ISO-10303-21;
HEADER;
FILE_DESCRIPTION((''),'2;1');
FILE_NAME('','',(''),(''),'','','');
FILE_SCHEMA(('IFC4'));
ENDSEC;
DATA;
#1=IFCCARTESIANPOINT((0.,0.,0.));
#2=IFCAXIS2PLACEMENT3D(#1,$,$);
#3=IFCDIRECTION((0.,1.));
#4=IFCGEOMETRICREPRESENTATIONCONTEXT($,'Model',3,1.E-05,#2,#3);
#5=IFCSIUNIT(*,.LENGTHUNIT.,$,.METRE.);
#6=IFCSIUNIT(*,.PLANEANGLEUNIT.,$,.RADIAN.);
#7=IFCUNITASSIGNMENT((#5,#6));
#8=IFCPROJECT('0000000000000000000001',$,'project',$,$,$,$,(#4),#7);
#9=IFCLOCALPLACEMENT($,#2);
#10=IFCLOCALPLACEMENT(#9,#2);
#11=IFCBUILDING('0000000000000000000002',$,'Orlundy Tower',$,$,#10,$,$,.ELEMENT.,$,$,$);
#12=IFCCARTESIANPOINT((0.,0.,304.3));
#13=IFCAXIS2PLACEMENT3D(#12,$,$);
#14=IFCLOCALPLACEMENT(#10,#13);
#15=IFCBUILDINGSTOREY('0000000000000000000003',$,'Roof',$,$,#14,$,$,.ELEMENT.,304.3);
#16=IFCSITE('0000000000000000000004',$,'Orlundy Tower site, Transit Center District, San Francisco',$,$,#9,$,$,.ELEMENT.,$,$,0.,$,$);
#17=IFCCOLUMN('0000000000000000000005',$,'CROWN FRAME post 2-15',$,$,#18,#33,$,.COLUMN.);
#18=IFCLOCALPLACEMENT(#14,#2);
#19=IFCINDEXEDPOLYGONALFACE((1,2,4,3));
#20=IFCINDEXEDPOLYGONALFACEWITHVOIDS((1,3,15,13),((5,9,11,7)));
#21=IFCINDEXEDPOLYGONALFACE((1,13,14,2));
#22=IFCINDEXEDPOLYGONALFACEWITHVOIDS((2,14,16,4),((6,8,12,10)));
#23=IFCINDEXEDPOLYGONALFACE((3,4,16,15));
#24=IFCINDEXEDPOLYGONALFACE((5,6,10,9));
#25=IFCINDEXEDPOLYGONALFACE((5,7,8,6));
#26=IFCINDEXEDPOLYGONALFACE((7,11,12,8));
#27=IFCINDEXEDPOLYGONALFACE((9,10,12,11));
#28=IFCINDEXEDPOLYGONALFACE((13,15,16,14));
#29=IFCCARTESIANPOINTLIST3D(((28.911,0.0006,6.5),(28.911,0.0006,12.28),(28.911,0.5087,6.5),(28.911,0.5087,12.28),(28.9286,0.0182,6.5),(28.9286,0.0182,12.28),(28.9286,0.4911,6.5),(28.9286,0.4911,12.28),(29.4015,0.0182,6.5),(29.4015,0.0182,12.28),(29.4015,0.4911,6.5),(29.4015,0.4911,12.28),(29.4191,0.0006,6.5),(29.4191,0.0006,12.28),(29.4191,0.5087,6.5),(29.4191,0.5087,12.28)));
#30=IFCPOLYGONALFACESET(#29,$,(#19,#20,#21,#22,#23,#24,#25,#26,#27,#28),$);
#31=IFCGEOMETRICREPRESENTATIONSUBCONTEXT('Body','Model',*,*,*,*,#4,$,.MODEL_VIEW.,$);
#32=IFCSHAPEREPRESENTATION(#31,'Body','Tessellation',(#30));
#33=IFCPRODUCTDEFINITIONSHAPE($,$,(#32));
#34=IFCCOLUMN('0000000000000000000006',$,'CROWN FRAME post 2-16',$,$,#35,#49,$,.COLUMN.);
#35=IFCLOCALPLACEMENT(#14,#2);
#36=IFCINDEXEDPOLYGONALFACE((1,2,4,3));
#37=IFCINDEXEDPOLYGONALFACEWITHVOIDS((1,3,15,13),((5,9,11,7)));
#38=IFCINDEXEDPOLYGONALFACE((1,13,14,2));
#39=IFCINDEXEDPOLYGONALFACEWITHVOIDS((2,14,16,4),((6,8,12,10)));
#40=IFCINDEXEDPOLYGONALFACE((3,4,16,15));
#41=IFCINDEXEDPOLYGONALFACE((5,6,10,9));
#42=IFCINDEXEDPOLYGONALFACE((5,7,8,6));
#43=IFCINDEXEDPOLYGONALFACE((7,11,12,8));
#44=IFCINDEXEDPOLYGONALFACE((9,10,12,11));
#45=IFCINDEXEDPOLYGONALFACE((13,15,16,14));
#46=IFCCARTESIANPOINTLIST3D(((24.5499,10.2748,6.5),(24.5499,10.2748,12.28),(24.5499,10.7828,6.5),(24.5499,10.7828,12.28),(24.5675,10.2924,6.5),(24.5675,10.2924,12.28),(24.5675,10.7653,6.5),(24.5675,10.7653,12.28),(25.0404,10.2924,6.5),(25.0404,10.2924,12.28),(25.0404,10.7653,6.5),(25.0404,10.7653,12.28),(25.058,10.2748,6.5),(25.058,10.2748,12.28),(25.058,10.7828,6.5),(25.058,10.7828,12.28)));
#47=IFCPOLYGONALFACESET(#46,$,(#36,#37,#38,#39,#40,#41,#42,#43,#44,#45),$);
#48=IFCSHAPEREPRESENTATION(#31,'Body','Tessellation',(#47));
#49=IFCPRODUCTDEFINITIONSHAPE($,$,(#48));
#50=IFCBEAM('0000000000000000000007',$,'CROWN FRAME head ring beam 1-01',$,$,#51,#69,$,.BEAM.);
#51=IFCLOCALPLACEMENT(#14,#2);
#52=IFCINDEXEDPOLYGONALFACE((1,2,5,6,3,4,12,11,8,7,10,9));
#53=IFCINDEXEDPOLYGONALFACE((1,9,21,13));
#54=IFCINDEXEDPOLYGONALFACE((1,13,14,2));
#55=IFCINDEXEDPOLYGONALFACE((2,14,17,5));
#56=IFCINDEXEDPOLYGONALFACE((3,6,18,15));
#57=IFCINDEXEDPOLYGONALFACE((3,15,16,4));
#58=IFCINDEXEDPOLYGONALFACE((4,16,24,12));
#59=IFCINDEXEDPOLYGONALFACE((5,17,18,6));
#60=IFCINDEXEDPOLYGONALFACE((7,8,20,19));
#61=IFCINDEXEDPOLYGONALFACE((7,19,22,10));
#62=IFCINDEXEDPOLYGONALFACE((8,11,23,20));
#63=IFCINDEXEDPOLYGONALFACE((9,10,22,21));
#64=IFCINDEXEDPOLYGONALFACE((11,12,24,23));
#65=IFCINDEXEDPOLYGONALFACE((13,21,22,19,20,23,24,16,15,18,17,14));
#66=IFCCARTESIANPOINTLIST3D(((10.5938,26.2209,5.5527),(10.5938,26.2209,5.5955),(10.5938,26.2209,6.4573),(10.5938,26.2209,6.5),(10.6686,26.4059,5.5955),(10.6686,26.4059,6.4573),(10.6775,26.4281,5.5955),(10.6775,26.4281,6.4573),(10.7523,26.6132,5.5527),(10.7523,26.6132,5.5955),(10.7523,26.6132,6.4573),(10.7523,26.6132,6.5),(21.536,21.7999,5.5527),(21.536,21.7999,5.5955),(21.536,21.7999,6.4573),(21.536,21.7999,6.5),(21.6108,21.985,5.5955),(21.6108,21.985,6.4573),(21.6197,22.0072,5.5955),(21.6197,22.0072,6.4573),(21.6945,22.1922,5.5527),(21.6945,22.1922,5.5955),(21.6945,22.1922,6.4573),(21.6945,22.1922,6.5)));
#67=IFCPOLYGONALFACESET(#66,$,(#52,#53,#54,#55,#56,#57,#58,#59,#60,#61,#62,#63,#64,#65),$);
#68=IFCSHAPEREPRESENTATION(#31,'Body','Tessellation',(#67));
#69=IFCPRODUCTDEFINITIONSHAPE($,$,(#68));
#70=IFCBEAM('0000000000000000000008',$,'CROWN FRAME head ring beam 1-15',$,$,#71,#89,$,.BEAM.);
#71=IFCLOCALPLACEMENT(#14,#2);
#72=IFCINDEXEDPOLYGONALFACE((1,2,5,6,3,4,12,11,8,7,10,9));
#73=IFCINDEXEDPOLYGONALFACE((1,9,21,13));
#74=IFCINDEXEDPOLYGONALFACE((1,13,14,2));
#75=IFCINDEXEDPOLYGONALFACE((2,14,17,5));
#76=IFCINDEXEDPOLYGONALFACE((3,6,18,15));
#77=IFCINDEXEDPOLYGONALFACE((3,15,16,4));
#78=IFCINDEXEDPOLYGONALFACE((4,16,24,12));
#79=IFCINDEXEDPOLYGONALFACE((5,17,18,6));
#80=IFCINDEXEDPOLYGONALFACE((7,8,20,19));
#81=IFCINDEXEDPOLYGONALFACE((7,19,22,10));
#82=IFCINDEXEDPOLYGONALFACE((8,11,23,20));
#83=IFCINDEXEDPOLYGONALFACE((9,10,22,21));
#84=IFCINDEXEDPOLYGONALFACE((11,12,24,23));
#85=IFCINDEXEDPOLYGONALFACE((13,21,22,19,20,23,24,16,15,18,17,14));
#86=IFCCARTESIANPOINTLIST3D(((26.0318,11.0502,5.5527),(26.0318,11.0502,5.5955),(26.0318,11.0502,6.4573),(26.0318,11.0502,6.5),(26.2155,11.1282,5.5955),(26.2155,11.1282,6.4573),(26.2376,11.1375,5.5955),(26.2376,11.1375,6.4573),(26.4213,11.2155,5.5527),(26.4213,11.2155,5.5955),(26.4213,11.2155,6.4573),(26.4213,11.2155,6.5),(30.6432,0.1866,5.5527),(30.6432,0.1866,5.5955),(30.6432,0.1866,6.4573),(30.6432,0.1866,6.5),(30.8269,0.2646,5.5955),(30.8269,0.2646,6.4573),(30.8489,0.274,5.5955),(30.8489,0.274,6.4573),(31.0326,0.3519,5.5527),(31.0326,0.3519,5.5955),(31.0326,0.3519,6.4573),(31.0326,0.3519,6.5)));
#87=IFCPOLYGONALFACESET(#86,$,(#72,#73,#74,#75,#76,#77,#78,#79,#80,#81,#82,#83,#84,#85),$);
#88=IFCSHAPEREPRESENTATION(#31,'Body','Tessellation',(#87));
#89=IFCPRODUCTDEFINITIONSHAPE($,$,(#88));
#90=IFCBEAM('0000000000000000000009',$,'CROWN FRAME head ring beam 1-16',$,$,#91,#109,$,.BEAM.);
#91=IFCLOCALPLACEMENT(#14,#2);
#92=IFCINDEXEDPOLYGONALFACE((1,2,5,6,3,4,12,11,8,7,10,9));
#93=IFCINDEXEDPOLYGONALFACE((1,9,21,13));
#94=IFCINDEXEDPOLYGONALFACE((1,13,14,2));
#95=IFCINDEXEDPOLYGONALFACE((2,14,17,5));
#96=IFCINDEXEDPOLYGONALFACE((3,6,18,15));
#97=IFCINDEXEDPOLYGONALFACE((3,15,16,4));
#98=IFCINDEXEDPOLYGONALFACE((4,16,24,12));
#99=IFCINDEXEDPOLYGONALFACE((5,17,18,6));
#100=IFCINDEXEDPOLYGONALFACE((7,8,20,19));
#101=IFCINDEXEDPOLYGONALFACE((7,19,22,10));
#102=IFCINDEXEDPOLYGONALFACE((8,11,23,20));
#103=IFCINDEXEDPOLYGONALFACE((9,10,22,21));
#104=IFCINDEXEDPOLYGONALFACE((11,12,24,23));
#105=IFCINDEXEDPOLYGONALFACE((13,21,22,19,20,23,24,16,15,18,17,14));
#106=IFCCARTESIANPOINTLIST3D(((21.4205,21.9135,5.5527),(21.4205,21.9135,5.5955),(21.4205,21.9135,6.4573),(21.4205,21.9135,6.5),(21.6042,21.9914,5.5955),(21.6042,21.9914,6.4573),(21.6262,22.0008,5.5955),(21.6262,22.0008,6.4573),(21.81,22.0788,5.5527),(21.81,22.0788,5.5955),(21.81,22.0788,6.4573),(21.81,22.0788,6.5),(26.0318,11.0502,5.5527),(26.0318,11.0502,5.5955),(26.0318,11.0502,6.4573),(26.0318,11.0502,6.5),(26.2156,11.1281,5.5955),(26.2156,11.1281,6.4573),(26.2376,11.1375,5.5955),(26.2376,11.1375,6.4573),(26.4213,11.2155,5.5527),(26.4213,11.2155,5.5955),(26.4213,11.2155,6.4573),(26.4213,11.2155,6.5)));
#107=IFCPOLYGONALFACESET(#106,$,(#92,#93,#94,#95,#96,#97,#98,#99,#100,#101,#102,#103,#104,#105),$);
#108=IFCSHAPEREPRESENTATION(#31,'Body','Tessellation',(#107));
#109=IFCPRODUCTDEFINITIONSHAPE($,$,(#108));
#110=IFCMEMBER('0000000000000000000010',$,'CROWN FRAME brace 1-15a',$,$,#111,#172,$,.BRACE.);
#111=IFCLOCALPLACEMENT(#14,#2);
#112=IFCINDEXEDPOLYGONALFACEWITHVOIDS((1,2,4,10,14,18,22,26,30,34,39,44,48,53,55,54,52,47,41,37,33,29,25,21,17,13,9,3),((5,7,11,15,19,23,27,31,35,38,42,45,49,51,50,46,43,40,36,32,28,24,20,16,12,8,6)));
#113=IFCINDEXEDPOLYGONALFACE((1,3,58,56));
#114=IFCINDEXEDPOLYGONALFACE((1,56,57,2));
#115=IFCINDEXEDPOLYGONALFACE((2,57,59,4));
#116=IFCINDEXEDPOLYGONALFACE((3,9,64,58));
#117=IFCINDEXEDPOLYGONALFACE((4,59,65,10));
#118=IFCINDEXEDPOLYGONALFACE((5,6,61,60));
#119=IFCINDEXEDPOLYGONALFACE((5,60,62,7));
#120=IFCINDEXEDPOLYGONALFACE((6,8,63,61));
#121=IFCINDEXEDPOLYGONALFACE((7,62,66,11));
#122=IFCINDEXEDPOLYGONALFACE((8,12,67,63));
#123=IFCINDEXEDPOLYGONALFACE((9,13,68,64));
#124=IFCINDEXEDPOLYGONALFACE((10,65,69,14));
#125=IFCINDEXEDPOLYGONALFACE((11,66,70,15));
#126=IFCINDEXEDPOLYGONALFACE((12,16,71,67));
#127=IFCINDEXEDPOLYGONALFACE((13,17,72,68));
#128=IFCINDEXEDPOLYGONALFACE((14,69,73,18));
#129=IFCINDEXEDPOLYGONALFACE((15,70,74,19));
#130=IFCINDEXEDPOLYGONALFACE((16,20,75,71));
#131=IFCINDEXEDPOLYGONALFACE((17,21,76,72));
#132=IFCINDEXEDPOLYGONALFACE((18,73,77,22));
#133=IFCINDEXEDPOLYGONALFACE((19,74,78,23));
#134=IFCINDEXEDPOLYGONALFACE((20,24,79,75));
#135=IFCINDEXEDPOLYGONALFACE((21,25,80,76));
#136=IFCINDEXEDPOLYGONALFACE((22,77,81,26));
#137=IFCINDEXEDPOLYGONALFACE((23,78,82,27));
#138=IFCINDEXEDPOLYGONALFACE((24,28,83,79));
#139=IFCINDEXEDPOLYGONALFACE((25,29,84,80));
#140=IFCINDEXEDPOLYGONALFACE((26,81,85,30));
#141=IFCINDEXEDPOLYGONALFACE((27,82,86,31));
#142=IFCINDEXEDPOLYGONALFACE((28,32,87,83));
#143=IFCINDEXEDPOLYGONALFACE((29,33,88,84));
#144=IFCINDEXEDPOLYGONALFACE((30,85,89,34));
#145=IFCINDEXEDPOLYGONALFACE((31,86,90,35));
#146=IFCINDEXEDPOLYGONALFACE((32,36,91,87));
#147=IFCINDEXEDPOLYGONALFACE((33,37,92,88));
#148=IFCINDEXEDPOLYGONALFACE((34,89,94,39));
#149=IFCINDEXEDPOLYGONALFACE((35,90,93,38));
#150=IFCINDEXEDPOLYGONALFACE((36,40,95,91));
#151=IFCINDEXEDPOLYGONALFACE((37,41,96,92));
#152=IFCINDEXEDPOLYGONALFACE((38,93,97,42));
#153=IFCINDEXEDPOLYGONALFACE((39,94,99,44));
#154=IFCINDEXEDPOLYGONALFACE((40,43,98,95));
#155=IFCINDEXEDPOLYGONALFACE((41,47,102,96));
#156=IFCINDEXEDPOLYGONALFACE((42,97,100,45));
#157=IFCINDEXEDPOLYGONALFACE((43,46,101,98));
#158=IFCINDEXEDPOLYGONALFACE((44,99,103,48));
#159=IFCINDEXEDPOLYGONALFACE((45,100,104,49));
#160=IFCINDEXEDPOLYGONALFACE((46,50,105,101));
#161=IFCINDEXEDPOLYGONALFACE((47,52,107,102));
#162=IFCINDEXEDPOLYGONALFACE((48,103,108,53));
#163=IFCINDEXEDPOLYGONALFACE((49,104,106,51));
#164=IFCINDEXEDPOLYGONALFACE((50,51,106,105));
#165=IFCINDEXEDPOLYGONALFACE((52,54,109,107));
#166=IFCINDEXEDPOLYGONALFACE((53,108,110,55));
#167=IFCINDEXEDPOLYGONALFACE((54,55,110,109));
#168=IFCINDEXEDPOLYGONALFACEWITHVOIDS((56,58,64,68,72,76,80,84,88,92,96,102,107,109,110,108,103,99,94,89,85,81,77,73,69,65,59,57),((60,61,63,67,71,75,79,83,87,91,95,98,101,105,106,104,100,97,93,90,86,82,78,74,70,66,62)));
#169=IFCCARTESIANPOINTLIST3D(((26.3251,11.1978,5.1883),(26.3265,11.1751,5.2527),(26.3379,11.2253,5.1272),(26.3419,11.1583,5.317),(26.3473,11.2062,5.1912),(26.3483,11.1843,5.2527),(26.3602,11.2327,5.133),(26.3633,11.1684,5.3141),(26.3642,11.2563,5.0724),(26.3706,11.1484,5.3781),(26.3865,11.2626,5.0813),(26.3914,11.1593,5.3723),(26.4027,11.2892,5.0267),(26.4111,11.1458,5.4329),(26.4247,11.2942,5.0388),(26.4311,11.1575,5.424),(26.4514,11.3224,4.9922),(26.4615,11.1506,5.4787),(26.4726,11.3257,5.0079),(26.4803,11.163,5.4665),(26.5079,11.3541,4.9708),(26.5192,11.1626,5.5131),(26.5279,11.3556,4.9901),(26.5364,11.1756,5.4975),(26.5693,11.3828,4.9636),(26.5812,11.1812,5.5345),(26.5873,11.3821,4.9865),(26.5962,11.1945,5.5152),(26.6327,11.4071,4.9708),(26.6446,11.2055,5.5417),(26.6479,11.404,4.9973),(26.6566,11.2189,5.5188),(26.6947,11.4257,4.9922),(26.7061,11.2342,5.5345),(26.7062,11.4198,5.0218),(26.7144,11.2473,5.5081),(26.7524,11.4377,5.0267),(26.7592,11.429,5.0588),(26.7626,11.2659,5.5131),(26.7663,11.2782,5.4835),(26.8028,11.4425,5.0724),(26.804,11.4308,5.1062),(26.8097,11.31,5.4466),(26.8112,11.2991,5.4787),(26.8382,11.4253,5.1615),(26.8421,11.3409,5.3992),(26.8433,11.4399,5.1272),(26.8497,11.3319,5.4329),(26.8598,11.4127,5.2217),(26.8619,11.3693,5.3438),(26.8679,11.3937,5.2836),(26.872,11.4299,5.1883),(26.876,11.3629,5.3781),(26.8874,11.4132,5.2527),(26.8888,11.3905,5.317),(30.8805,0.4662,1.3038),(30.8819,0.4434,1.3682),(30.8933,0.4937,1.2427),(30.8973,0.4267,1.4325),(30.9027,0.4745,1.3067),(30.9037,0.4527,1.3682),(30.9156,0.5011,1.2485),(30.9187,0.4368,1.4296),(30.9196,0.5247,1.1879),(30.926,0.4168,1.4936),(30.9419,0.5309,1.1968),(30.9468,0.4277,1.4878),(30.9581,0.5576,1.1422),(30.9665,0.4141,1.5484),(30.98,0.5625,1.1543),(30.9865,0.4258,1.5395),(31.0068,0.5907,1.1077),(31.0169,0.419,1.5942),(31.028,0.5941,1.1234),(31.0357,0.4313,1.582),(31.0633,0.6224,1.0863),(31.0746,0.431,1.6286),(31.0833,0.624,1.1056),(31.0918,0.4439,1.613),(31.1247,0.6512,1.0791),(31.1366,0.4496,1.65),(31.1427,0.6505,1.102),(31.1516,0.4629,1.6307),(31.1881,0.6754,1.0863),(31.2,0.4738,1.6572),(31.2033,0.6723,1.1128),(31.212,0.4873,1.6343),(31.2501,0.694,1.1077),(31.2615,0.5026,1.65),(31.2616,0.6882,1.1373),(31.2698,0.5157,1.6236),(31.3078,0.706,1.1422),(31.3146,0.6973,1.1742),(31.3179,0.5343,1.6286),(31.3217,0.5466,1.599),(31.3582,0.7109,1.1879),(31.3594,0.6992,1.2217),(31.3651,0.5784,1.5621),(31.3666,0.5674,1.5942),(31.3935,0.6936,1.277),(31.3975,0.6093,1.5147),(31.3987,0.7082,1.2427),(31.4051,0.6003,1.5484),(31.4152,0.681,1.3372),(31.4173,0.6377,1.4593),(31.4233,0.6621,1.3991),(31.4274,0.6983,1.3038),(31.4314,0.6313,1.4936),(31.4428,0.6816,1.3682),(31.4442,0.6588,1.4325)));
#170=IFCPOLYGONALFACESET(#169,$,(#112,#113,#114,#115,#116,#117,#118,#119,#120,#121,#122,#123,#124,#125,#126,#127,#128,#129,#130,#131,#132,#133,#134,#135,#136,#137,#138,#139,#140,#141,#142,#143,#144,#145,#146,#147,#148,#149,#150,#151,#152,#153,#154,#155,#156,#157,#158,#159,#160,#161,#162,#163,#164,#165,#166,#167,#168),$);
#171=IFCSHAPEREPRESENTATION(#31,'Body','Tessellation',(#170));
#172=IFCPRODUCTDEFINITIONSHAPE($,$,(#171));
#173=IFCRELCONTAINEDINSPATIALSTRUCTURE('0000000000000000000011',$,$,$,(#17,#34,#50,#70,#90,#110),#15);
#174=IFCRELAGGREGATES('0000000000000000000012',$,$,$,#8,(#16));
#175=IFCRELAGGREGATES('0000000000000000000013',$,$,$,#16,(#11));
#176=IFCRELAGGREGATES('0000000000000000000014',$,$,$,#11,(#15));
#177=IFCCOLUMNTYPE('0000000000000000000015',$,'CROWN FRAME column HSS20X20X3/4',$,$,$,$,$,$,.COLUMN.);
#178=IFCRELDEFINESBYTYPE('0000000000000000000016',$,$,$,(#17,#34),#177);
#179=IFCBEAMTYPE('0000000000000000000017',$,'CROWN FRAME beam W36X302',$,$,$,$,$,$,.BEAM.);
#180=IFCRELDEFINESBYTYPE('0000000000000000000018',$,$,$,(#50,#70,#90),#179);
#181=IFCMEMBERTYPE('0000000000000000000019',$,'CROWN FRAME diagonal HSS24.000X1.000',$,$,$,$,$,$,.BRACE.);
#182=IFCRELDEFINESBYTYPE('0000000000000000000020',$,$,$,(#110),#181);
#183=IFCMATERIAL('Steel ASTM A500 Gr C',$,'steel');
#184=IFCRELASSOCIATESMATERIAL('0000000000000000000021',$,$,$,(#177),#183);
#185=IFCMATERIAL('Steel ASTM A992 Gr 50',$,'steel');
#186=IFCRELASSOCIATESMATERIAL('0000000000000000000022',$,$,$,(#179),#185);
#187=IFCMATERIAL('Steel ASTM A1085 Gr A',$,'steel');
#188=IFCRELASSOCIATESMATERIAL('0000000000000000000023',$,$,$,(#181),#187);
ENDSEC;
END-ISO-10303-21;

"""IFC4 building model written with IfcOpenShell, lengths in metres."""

from ifc_helpers import new_model, si_unit, direction, frame, origin, origin_2d, place, context, subcontext, project, spatial, hollow_rectangle, hollow_circle, i_section, extrude, material, material_profile, profile_set, type_object, element, save


model = new_model("IFC4")

# Units and contexts
model_context = context("Model", 3, precision=1e-05, world=origin(), true_north=direction((0.0, 1.0)))
body_context = subcontext(model_context, "Body", "Model", "MODEL_VIEW")
ifc_project = project(units=[si_unit("LENGTHUNIT", "METRE"), si_unit("PLANEANGLEUNIT", "RADIAN")], contexts=[model_context])

# Site, building, storey
site_placement = place(None, origin())
site = spatial("IfcSite", under=ifc_project, at=site_placement, Name="Orlundy Tower site, Transit Center District, San Francisco", CompositionType="ELEMENT", RefElevation=0.0)
building_placement = place(site_placement, origin())
building = spatial("IfcBuilding", under=site, at=building_placement, Name="Orlundy Tower", CompositionType="ELEMENT")
storey_placement = place(building_placement, frame((0.0, 0.0, 304.3)))
storey = spatial("IfcBuildingStorey", under=building, at=storey_placement, Name="Roof", CompositionType="ELEMENT", Elevation=304.3)

# Columns
ifc_material_1 = material(Name="Steel ASTM A500 Gr C", Category="steel")
ifc_material_profile_1 = material_profile(ifc_material_1, hollow_rectangle(XDim=0.5081, YDim=0.5081, WallThickness=0.0176, at=origin_2d()), Name="HSS20X20X3/4")
ifc_profile_set_1 = profile_set([ifc_material_profile_1], Name="Steel ASTM A500 Gr C")
column_type = type_object("IfcColumnType", Name="CROWN FRAME column HSS20X20X3/4", PredefinedType="COLUMN", material=ifc_profile_set_1)
for number, where, z_axis, x_axis, name in (
    (1, (29.165, 0.2546, 6.5), (0.0, 0.0, 1.0), (1.0, 0.0, 0.0), "CROWN FRAME post 2-15"),
    (2, (24.804, 10.5288, 6.5), (0.0, 0.0, 1.0), (1.0, 0.0, 0.0), "CROWN FRAME post 2-16"),
):
    element("IfcColumn", number, at=place(storey_placement, frame(where, z_axis=z_axis, x_axis=x_axis)), inside=storey, type_object=column_type, Name=name, PredefinedType="COLUMN", context=body_context, shape_type="SweptSolid", body=[
        extrude(hollow_rectangle(XDim=0.5081, YDim=0.5081, WallThickness=0.0176, at=origin_2d()), origin(), (0.0, 0.0, 1.0), 5.78),
    ])

# Beams
ifc_material_2 = material(Name="Steel ASTM A992 Gr 50", Category="steel")
ifc_material_profile_2 = material_profile(ifc_material_2, i_section(OverallWidth=0.4231, OverallDepth=0.9473, WebThickness=0.0239, FlangeThickness=0.0427, at=origin_2d()), Name="W36X302")
ifc_profile_set_2 = profile_set([ifc_material_profile_2], Name="Steel ASTM A992 Gr 50")
beam_type = type_object("IfcBeamType", Name="CROWN FRAME beam W36X302", PredefinedType="BEAM", material=ifc_profile_set_2)
beam_1_placement = place(storey_placement, frame((21.6152, 21.9961, 6.0264), z_axis=(-0.927184, 0.374606, 0.0), x_axis=(-0.374606, -0.927184, 0.0)))
element("IfcBeam", 3, at=beam_1_placement, inside=storey, type_object=beam_type, Name="CROWN FRAME head ring beam 1-01", PredefinedType="BEAM", context=body_context, shape_type="SweptSolid", body=[
    extrude(i_section(OverallWidth=0.4231, OverallDepth=0.9473, WebThickness=0.0239, FlangeThickness=0.0427, at=origin_2d()), origin(), (0.0, 0.0, 1.0), 11.8015),
])
beam_2_placement = place(storey_placement, frame((30.8379, 0.2693, 6.0264), z_axis=(-0.390734, 0.920504, 0.0), x_axis=(-0.920504, -0.390734, 0.0)))
element("IfcBeam", 4, at=beam_2_placement, inside=storey, type_object=beam_type, Name="CROWN FRAME head ring beam 1-15", PredefinedType="BEAM", context=body_context, shape_type="SweptSolid", body=[
    extrude(i_section(OverallWidth=0.4231, OverallDepth=0.9473, WebThickness=0.0239, FlangeThickness=0.0427, at=origin_2d()), origin(), (0.0, 0.0, 1.0), 11.8018),
])
beam_3_placement = place(storey_placement, frame((26.2266, 11.1328, 6.0264), z_axis=(-0.390741, 0.920501, 0.0), x_axis=(-0.920501, -0.390741, 0.0)))
element("IfcBeam", 5, at=beam_3_placement, inside=storey, type_object=beam_type, Name="CROWN FRAME head ring beam 1-16", PredefinedType="BEAM", context=body_context, shape_type="SweptSolid", body=[
    extrude(i_section(OverallWidth=0.4231, OverallDepth=0.9473, WebThickness=0.0239, FlangeThickness=0.0427, at=origin_2d()), origin(), (0.0, 0.0, 1.0), 11.8015),
])

# Member
ifc_material_3 = material(Name="Steel ASTM A1085 Gr A", Category="steel")
ifc_material_profile_3 = material_profile(ifc_material_3, hollow_circle(Radius=0.3047, WallThickness=0.0237, at=origin_2d()), Name="HSS24.000X1.000")
ifc_profile_set_3 = profile_set([ifc_material_profile_3], Name="Steel ASTM A1085 Gr A")
member_type_1 = type_object("IfcMemberType", Name="CROWN FRAME diagonal HSS24.000X1.000", PredefinedType="BRACE", material=ifc_profile_set_3)
member_1_placement = place(storey_placement, frame((31.1624, 0.5625, 1.3682), z_axis=(-0.370702, 0.873302, 0.316107), x_axis=(-0.920502, -0.390738, 0.0)))
element("IfcMember", 6, at=member_1_placement, inside=storey, type_object=member_type_1, Name="CROWN FRAME brace 1-15a", PredefinedType="BRACE", context=body_context, shape_type="SweptSolid", body=[
    extrude(hollow_circle(Radius=0.3047, WallThickness=0.0237, at=origin_2d()), origin(), (0.0, 0.0, 1.0), 12.2886),
])

save(model, "model.ifc")
